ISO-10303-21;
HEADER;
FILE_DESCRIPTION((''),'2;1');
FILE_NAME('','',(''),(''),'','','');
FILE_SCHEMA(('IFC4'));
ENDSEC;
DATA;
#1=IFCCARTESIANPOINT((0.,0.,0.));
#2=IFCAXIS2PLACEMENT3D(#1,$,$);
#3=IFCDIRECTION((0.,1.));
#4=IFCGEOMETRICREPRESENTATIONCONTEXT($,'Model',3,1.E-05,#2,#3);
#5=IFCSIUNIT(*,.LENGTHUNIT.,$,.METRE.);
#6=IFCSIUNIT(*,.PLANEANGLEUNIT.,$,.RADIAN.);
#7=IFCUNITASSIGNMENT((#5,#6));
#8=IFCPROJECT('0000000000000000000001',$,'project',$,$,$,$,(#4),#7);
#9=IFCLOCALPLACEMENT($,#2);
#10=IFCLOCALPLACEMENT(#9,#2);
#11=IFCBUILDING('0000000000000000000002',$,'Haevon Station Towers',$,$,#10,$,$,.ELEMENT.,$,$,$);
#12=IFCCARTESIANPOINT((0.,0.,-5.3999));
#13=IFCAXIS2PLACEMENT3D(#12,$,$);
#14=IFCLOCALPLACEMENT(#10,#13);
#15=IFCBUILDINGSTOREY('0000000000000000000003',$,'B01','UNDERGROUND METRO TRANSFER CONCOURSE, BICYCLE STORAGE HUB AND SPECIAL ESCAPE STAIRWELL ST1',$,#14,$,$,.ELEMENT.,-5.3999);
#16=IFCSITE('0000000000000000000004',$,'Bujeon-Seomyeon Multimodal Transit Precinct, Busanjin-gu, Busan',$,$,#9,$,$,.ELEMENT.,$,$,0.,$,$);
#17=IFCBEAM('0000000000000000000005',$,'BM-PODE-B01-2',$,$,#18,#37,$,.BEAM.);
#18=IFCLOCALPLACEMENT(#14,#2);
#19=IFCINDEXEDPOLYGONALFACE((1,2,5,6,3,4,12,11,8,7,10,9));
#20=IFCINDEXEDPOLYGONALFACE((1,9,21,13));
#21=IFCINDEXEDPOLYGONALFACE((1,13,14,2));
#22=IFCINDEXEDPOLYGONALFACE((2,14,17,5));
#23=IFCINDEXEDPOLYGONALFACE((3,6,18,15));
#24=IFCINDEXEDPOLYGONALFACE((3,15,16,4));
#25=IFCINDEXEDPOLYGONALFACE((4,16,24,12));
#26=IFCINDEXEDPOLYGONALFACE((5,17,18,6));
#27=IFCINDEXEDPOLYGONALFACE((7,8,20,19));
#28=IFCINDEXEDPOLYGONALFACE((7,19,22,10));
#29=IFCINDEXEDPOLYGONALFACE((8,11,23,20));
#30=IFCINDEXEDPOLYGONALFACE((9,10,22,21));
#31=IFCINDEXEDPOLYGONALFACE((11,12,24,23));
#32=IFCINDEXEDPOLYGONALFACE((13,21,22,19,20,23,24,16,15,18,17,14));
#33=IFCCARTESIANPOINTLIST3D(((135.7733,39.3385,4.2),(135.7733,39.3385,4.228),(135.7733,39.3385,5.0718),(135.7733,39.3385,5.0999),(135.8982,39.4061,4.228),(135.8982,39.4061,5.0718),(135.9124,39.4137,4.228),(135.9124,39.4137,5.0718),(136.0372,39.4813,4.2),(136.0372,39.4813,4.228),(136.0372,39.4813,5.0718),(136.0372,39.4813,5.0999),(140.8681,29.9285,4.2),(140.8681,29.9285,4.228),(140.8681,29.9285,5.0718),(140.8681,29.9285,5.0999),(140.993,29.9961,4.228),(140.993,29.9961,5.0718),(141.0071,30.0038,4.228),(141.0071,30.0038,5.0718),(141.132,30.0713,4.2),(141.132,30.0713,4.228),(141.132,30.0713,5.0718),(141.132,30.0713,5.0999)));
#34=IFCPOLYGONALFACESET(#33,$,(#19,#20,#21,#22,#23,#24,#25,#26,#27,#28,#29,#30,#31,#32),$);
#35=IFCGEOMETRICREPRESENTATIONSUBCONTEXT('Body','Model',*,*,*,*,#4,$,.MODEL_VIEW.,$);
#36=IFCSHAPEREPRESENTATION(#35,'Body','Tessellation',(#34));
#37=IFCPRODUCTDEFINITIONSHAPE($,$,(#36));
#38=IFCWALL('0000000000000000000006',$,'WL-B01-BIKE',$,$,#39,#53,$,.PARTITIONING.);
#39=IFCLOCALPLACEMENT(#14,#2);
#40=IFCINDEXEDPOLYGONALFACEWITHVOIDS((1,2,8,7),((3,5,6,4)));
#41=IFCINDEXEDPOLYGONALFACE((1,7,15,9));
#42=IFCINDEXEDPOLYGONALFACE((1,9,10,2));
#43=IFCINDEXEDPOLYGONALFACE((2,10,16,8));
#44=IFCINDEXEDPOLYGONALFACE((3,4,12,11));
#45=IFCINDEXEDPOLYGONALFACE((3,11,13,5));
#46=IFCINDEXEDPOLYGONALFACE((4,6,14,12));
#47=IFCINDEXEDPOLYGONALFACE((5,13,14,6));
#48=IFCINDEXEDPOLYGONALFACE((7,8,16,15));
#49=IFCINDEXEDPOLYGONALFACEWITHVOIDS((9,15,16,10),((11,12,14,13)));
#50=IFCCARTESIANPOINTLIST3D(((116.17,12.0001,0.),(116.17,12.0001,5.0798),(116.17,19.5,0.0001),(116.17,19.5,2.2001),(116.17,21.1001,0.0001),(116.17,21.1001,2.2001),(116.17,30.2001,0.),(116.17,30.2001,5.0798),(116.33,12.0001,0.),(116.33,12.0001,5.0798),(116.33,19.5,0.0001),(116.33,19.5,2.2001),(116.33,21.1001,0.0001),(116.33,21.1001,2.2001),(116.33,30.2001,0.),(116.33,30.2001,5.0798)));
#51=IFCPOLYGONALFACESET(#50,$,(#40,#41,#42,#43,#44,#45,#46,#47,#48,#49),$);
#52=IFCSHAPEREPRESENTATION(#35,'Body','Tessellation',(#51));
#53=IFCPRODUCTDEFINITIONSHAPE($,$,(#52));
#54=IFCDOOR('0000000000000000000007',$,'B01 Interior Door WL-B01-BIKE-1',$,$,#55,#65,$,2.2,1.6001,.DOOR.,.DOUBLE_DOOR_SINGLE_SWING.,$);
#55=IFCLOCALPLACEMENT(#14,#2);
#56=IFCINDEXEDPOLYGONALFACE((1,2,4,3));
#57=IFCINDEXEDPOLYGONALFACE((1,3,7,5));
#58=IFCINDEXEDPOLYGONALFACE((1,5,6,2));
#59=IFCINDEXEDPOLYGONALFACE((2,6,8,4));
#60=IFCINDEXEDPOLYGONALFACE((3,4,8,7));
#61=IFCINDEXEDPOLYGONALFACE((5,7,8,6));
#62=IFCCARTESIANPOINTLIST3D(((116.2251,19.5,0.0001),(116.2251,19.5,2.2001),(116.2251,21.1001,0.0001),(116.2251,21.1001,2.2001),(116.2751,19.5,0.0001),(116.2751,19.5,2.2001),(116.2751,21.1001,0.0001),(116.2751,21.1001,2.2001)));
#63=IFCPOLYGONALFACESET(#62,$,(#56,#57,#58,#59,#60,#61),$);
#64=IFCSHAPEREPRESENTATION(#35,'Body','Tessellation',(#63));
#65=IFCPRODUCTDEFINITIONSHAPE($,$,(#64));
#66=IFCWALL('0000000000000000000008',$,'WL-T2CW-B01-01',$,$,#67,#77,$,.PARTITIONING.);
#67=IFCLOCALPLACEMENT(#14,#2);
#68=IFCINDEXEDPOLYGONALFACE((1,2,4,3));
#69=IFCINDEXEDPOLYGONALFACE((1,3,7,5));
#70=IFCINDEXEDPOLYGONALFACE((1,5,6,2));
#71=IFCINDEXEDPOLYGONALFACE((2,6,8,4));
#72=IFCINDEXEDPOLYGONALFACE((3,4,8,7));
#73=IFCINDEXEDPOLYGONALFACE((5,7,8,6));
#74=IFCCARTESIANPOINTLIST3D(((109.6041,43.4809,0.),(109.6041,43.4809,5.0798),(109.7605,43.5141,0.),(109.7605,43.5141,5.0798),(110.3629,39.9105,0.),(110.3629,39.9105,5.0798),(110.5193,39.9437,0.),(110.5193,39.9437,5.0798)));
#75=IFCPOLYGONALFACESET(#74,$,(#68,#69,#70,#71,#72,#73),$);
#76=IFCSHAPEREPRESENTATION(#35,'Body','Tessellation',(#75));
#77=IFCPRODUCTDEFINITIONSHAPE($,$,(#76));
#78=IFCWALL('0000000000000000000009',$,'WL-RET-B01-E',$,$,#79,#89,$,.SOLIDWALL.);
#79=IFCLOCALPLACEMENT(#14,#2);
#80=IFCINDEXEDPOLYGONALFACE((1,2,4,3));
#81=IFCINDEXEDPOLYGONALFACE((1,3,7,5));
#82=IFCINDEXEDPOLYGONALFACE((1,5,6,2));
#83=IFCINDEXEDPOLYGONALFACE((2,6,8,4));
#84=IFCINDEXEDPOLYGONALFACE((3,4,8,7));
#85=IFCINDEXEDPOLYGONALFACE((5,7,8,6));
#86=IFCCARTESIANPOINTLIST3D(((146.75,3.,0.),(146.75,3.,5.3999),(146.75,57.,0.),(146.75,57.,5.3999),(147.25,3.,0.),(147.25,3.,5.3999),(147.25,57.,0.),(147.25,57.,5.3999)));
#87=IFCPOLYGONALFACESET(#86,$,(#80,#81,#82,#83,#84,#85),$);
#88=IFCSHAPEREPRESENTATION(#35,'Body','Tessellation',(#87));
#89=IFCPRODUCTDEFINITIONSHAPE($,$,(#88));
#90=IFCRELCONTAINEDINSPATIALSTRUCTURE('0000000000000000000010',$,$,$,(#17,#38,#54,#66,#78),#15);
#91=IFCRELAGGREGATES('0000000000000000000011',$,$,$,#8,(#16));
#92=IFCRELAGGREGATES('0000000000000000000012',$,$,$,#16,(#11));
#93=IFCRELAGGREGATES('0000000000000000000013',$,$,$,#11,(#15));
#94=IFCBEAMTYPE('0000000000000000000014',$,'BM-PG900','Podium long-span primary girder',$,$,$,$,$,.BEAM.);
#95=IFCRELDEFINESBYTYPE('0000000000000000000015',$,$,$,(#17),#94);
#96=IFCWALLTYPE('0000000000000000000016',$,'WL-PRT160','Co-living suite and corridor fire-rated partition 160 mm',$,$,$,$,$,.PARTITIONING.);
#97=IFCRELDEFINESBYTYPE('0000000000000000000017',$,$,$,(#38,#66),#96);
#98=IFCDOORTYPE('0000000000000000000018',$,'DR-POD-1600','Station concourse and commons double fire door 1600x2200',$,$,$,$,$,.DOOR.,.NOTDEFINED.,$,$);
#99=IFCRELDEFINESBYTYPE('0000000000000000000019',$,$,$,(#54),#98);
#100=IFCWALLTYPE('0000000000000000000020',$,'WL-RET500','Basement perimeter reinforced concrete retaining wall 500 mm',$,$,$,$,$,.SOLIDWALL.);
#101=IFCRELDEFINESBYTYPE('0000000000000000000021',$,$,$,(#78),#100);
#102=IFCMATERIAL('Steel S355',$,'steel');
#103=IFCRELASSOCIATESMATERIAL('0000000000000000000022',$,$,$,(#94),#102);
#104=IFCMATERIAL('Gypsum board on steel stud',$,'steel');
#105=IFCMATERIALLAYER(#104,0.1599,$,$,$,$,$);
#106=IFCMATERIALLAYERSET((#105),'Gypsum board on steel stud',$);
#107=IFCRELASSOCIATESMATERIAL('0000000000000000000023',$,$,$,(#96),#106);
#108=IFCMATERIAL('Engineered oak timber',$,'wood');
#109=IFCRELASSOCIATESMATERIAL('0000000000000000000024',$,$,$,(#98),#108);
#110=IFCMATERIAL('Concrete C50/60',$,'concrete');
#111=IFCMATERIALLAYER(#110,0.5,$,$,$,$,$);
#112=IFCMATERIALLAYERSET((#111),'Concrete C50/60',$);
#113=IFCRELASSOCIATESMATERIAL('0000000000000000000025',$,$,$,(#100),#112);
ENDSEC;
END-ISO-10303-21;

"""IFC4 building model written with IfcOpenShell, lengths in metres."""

from ifc_helpers import new_model, si_unit, direction, frame, frame_2d, origin, origin_2d, place, context, subcontext, project, spatial, rectangle, i_section, extrude, material, layer, layer_set, material_profile, profile_set, type_object, element, fill, save


model = new_model("IFC4")

# Units and contexts
model_context = context("Model", 3, precision=1e-05, world=origin(), true_north=direction((0.0, 1.0)))
body_context = subcontext(model_context, "Body", "Model", "MODEL_VIEW")
ifc_project = project(units=[si_unit("LENGTHUNIT", "METRE"), si_unit("PLANEANGLEUNIT", "RADIAN")], contexts=[model_context])

# Site, building, storey
site_placement = place(None, origin())
site = spatial("IfcSite", under=ifc_project, at=site_placement, Name="Bujeon-Seomyeon Multimodal Transit Precinct, Busanjin-gu, Busan", CompositionType="ELEMENT", RefElevation=0.0)
building_placement = place(site_placement, origin())
building = spatial("IfcBuilding", under=site, at=building_placement, Name="Haevon Station Towers", CompositionType="ELEMENT")
storey_placement = place(building_placement, frame((0.0, 0.0, -5.3999)))
storey = spatial("IfcBuildingStorey", under=building, at=storey_placement, Name="B01", Description="UNDERGROUND METRO TRANSFER CONCOURSE, BICYCLE STORAGE HUB AND SPECIAL ESCAPE STAIRWELL ST1", CompositionType="ELEMENT", Elevation=-5.3999)

# Beam
ifc_material_1 = material(Name="Steel S355", Category="steel")
ifc_material_profile_1 = material_profile(ifc_material_1, i_section(OverallWidth=0.3, OverallDepth=0.8999, WebThickness=0.0161, FlangeThickness=0.0281, at=origin_2d()), Name="H-900x300x16x28")
ifc_profile_set_1 = profile_set([ifc_material_profile_1], Name="Steel S355")
beam_type_1 = type_object("IfcBeamType", Name="BM-PG900", Description="Podium long-span primary girder", PredefinedType="BEAM", material=ifc_profile_set_1)
beam_1_placement = place(storey_placement, frame((135.9053, 39.4099, 4.6499), z_axis=(0.476116, -0.879382, 0.0), x_axis=(0.879382, 0.476116, 0.0)))
element("IfcBeam", 1, at=beam_1_placement, inside=storey, type_object=beam_type_1, Name="BM-PODE-B01-2", PredefinedType="BEAM", context=body_context, shape_type="SweptSolid", body=[
    extrude(i_section(OverallWidth=0.3, OverallDepth=0.8999, WebThickness=0.0161, FlangeThickness=0.0281, at=origin_2d()), origin(), (0.0, 0.0, 1.0), 10.7007),
])

# Wall, opening, door
ifc_material_2 = material(Name="Gypsum board on steel stud", Category="steel")
ifc_layer_1 = layer(ifc_material_2, 0.1599)
ifc_layer_set_1 = layer_set([ifc_layer_1], Name="Gypsum board on steel stud")
wall_type_1 = type_object("IfcWallType", Name="WL-PRT160", Description="Co-living suite and corridor fire-rated partition 160 mm", PredefinedType="PARTITIONING", material=ifc_layer_set_1)
wall_1_placement = place(storey_placement, frame((116.25, 12.0, 0.0), z_axis=(0.0, 0.0, 1.0), x_axis=(0.0, 1.0, 0.0)))
wall_1 = element("IfcWall", 2, at=wall_1_placement, inside=storey, type_object=wall_type_1, Name="WL-B01-BIKE", PredefinedType="PARTITIONING", context=body_context, shape_type="SweptSolid", body=[
    extrude(rectangle(XDim=18.2, YDim=0.1599, at=frame_2d((9.1001, 0.0))), origin(), (0.0, 0.0, 1.0), 5.0798),
])
opening_placement = place(wall_1_placement, frame((7.5, 0.0, 0.0)))
opening = element("IfcOpeningElement", 3, at=opening_placement, cuts=wall_1, PredefinedType="OPENING", context=body_context, shape_type="SweptSolid", body=[
    extrude(rectangle(XDim=1.6001, YDim=2.2, at=frame_2d((0.8, 1.1001))), frame((0.0, 0.0898, 0.0), z_axis=(0.0, -1.0, 0.0), x_axis=(1.0, 0.0, 0.0)), (0.0, 0.0, 1.0), 0.1799),
])
ifc_material_3 = material(Name="Engineered oak timber", Category="wood")
door_type = type_object("IfcDoorType", Name="DR-POD-1600", Description="Station concourse and commons double fire door 1600x2200", OperationType="NOTDEFINED", PredefinedType="DOOR", material=ifc_material_3)
door_placement = place(opening_placement, origin())
door = element("IfcDoor", 4, at=door_placement, inside=storey, type_object=door_type, Name="B01 Interior Door WL-B01-BIKE-1", OperationType="DOUBLE_DOOR_SINGLE_SWING", OverallHeight=2.2, OverallWidth=1.6001, PredefinedType="DOOR", context=body_context, shape_type="SweptSolid", body=[
    extrude(rectangle(XDim=1.6001, YDim=2.2, at=frame_2d((0.8, 1.1001))), frame((0.0, 0.0249, 0.0), z_axis=(0.0, -1.0, 0.0), x_axis=(1.0, 0.0, 0.0)), (0.0, 0.0, 1.0), 0.05),
])
fill(opening, door)

# Walls
wall_2_placement = place(storey_placement, frame((110.4412, 39.927, 0.0), z_axis=(0.0, 0.0, 1.0), x_axis=(-0.207884, 0.978153, 0.0)))
element("IfcWall", 5, at=wall_2_placement, inside=storey, type_object=wall_type_1, Name="WL-T2CW-B01-01", PredefinedType="PARTITIONING", context=body_context, shape_type="SweptSolid", body=[
    extrude(rectangle(XDim=3.6501, YDim=0.1599, at=frame_2d((1.8252, 0.0))), origin(), (0.0, 0.0, 1.0), 5.0798),
])
ifc_material_4 = material(Name="Concrete C50/60", Category="concrete")
ifc_layer_2 = layer(ifc_material_4, 0.5)
ifc_layer_set_2 = layer_set([ifc_layer_2], Name="Concrete C50/60")
wall_type_2 = type_object("IfcWallType", Name="WL-RET500", Description="Basement perimeter reinforced concrete retaining wall 500 mm", PredefinedType="SOLIDWALL", material=ifc_layer_set_2)
wall_3_placement = place(storey_placement, frame((147.0, 3.0, 0.0), z_axis=(0.0, 0.0, 1.0), x_axis=(0.0, 1.0, 0.0)))
element("IfcWall", 6, at=wall_3_placement, inside=storey, type_object=wall_type_2, Name="WL-RET-B01-E", PredefinedType="SOLIDWALL", context=body_context, shape_type="SweptSolid", body=[
    extrude(rectangle(XDim=54.0, YDim=0.5, at=frame_2d((27.0, 0.0))), origin(), (0.0, 0.0, 1.0), 5.3999),
])

save(model, "model.ifc")
